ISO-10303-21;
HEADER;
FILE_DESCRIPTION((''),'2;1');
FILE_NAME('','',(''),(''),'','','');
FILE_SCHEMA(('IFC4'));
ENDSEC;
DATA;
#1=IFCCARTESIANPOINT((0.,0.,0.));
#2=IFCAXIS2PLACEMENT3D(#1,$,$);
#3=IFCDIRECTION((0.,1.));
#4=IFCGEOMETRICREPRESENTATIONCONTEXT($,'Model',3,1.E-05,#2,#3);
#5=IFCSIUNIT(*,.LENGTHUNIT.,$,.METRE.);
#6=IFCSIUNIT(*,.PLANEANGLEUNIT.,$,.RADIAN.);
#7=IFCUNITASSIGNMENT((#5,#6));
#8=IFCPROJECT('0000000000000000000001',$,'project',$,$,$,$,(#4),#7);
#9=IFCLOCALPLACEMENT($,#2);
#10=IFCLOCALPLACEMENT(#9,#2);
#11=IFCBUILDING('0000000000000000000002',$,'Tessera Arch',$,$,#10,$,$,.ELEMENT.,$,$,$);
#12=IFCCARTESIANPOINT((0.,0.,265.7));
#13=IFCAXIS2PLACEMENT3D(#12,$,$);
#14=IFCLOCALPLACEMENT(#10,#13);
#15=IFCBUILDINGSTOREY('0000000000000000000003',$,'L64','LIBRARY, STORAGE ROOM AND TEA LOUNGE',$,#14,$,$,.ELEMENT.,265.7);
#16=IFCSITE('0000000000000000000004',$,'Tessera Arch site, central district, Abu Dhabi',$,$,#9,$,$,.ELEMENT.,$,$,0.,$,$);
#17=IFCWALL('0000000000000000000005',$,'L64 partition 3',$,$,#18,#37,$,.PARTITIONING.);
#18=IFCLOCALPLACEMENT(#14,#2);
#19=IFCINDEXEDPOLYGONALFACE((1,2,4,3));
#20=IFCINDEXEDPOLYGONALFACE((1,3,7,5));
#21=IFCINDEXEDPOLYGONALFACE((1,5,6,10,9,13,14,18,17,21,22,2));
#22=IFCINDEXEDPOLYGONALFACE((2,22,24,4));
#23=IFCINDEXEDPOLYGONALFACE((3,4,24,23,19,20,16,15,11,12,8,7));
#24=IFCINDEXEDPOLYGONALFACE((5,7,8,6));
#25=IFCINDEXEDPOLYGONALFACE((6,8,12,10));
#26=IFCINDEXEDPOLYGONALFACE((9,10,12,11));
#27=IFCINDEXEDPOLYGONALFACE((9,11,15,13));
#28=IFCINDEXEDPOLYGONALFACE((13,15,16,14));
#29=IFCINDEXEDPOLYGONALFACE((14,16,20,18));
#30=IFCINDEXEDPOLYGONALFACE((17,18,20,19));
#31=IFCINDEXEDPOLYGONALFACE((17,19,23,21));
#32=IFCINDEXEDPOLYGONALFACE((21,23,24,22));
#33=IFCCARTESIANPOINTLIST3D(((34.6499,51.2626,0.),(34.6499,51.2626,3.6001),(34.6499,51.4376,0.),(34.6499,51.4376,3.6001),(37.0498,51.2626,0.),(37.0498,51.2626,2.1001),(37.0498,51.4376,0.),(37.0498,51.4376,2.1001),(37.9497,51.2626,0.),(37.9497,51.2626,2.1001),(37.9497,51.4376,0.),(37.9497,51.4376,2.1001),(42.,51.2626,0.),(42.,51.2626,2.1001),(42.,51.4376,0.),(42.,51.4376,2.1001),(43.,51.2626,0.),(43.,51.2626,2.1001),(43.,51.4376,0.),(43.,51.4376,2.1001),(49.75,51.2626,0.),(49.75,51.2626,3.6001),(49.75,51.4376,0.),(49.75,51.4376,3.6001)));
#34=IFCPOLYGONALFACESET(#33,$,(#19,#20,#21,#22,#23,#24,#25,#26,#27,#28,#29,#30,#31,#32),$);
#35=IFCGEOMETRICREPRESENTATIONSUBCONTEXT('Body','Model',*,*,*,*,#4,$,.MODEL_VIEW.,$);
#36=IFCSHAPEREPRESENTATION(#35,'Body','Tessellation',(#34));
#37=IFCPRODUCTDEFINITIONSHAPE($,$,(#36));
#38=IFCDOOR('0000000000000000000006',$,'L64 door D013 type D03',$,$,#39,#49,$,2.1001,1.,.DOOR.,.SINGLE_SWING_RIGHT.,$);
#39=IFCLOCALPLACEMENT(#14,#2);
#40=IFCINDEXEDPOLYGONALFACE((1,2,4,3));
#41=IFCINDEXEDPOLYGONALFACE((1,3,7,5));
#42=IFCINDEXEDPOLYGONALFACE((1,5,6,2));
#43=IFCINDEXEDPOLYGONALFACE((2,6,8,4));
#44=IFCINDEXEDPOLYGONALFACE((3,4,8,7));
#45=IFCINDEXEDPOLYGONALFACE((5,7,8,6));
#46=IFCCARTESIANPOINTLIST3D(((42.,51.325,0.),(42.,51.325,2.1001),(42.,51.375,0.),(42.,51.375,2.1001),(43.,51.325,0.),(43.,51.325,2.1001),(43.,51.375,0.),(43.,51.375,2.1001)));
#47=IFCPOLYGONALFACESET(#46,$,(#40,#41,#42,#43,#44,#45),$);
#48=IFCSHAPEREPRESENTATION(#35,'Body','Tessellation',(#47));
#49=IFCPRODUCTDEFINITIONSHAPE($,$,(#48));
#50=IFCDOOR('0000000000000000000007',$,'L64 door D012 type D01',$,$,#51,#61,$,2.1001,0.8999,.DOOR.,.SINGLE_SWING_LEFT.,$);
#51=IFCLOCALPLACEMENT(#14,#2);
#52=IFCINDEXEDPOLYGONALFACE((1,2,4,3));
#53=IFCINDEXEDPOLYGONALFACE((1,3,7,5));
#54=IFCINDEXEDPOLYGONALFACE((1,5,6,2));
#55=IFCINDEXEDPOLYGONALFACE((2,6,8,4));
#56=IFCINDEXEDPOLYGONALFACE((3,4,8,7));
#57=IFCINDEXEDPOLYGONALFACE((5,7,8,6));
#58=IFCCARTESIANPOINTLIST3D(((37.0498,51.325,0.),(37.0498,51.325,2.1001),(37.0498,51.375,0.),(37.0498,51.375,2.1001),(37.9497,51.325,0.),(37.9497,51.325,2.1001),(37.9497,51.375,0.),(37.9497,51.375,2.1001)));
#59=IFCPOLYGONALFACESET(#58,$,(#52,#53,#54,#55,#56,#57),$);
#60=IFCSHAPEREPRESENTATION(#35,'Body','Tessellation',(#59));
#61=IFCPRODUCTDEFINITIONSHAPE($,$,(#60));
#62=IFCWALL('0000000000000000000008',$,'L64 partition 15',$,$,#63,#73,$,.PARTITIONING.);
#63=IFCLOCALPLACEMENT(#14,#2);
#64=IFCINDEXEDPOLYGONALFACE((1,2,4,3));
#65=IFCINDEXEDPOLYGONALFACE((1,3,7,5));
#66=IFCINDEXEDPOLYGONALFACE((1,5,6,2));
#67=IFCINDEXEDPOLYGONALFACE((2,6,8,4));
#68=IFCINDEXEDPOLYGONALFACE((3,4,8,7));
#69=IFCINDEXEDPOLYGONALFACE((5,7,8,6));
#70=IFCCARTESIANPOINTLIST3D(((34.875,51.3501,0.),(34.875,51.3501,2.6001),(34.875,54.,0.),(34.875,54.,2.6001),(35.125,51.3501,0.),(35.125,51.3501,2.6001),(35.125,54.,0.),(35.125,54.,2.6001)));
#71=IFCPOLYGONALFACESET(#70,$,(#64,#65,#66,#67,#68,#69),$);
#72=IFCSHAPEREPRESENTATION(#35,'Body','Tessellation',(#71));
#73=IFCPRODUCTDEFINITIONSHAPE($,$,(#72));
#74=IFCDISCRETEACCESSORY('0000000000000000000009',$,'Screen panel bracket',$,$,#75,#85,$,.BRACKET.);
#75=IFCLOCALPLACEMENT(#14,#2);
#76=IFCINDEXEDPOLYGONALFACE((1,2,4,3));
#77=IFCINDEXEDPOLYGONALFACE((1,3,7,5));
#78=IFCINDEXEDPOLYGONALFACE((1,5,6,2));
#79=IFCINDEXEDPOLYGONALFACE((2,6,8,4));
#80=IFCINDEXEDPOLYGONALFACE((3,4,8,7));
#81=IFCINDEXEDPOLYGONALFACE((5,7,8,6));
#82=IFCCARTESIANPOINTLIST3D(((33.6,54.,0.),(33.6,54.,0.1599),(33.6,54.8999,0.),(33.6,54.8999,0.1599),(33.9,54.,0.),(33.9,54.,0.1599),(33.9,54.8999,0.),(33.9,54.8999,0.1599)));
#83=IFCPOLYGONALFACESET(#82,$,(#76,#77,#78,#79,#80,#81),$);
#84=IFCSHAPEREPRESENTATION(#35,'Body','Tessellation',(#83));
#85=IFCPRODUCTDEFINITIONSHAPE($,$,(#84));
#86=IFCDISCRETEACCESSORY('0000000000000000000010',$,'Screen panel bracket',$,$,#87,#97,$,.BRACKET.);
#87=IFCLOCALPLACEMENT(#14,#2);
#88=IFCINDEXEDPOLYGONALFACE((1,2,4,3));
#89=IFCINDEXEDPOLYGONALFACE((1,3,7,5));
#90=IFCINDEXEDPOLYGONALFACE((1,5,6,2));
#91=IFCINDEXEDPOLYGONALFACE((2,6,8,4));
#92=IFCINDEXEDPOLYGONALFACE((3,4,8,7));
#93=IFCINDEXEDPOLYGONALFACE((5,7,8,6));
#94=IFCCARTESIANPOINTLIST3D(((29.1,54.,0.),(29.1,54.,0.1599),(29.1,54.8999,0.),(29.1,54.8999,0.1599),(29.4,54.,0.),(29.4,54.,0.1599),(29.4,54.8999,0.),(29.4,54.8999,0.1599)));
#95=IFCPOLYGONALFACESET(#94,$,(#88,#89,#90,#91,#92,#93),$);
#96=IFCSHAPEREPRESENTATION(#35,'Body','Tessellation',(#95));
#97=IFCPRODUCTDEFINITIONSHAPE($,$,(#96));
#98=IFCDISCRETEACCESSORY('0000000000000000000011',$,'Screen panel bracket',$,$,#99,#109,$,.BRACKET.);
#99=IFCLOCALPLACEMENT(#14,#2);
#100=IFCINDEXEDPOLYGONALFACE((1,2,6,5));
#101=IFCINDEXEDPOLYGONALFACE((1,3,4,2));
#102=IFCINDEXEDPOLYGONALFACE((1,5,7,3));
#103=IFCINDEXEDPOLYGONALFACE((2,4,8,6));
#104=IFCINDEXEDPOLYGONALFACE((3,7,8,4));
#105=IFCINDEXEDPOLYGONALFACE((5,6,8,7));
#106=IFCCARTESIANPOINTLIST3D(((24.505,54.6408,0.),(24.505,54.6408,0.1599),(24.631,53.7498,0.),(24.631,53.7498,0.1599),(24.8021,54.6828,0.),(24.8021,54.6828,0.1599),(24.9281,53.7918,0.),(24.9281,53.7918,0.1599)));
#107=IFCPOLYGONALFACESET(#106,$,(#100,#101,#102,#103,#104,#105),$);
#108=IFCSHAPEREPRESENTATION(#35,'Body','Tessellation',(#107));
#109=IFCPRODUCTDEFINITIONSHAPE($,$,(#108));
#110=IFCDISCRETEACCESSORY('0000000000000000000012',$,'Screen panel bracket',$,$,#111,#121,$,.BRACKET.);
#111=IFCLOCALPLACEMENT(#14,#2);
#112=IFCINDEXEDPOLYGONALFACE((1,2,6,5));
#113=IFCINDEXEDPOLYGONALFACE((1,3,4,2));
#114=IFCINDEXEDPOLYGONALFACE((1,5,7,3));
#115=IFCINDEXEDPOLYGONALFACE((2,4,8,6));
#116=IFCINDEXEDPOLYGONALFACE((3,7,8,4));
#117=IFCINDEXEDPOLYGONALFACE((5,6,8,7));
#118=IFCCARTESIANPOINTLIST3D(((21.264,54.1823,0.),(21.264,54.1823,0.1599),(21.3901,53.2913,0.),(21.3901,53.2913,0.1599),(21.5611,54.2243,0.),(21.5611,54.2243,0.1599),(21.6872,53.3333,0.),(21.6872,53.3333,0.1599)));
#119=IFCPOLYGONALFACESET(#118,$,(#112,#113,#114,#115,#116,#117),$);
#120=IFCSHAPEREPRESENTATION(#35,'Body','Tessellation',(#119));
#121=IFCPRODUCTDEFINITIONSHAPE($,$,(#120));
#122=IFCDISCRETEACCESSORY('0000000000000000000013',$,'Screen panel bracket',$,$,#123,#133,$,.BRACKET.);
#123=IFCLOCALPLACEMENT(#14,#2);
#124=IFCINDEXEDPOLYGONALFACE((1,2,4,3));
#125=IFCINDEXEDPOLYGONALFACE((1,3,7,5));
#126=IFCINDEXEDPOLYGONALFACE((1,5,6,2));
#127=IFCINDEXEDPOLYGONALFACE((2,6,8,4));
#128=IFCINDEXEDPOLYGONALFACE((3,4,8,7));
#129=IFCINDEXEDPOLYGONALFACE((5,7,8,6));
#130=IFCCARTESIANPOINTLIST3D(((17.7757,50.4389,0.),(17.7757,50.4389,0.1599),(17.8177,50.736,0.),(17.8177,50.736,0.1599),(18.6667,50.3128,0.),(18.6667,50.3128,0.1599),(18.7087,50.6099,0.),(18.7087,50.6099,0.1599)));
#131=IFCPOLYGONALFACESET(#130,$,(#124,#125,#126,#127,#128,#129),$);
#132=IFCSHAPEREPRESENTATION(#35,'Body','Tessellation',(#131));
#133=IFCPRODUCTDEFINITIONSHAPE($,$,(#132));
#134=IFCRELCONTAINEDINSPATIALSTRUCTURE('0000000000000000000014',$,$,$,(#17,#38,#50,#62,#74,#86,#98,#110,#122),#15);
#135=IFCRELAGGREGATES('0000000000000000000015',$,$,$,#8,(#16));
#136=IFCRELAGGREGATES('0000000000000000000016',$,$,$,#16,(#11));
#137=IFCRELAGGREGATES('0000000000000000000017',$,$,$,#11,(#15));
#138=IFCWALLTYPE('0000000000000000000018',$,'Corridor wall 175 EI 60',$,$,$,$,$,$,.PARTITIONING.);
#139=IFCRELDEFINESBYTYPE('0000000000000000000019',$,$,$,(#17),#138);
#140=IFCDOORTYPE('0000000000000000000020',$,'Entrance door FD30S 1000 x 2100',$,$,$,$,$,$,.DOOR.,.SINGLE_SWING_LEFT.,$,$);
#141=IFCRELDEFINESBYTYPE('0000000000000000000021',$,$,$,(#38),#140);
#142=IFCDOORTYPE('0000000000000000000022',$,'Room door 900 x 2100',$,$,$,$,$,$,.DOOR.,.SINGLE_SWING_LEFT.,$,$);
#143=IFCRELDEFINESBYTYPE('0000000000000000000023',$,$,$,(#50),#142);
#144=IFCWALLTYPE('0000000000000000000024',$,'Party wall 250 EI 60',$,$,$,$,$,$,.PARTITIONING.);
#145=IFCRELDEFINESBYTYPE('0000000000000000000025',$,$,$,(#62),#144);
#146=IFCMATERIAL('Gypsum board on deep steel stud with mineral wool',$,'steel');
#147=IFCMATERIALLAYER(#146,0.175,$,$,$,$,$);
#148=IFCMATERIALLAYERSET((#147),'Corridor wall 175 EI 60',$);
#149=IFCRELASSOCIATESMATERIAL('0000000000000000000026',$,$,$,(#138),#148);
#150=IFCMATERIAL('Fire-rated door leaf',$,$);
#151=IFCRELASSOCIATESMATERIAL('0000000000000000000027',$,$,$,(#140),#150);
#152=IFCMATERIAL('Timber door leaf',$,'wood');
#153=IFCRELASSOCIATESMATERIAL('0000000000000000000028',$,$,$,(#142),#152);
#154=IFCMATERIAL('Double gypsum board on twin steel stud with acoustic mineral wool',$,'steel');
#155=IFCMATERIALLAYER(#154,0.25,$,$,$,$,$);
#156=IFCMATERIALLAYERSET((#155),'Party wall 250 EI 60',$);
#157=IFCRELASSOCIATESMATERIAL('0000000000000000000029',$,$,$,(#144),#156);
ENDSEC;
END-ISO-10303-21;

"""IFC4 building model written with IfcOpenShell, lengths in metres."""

from ifc_helpers import new_model, si_unit, direction, frame, frame_2d, origin, origin_2d, place, context, subcontext, project, spatial, rectangle, extrude, material, layer, layer_set, type_object, element, fill, save


model = new_model("IFC4")

# Units and contexts
model_context = context("Model", 3, precision=1e-05, world=origin(), true_north=direction((0.0, 1.0)))
body_context = subcontext(model_context, "Body", "Model", "MODEL_VIEW")
ifc_project = project(units=[si_unit("LENGTHUNIT", "METRE"), si_unit("PLANEANGLEUNIT", "RADIAN")], contexts=[model_context])

# Site, building, storey
site_placement = place(None, origin())
site = spatial("IfcSite", under=ifc_project, at=site_placement, Name="Tessera Arch site, central district, Abu Dhabi", CompositionType="ELEMENT", RefElevation=0.0)
building_placement = place(site_placement, origin())
building = spatial("IfcBuilding", under=site, at=building_placement, Name="Tessera Arch", CompositionType="ELEMENT")
storey_placement = place(building_placement, frame((0.0, 0.0, 265.7)))
storey = spatial("IfcBuildingStorey", under=building, at=storey_placement, Name="L64", Description="LIBRARY, STORAGE ROOM AND TEA LOUNGE", CompositionType="ELEMENT", Elevation=265.7)

# Wall, openings, doors
ifc_material_1 = material(Name="Gypsum board on deep steel stud with mineral wool", Category="steel")
ifc_layer_1 = layer(ifc_material_1, 0.175)
ifc_layer_set_1 = layer_set([ifc_layer_1], Name="Corridor wall 175 EI 60")
wall_type_1 = type_object("IfcWallType", Name="Corridor wall 175 EI 60", PredefinedType="PARTITIONING", material=ifc_layer_set_1)
wall_1_placement = place(storey_placement, frame((34.6499, 51.3501, 0.0), z_axis=(0.0, 0.0, 1.0), x_axis=(1.0, 0.0, 0.0)))
wall_1 = element("IfcWall", 1, at=wall_1_placement, inside=storey, type_object=wall_type_1, Name="L64 partition 3", PredefinedType="PARTITIONING", context=body_context, shape_type="SweptSolid", body=[
    extrude(rectangle(XDim=15.1001, YDim=0.175, at=frame_2d((7.55, 0.0))), origin(), (0.0, 0.0, 1.0), 3.6001),
])
opening_1_placement = place(wall_1_placement, frame((2.3999, 0.0, 0.0)))
opening_1 = element("IfcOpeningElement", 2, at=opening_1_placement, cuts=wall_1, PredefinedType="OPENING", context=body_context, shape_type="SweptSolid", body=[
    extrude(rectangle(XDim=0.8999, YDim=2.1001, at=frame_2d((0.45, 1.05))), frame((0.0, 0.0974, 0.0), z_axis=(0.0, -1.0, 0.0), x_axis=(1.0, 0.0, 0.0)), (0.0, 0.0, 1.0), 0.1951),
])
opening_2_placement = place(wall_1_placement, frame((7.3501, 0.0, 0.0)))
opening_2 = element("IfcOpeningElement", 3, at=opening_2_placement, cuts=wall_1, PredefinedType="OPENING", context=body_context, shape_type="SweptSolid", body=[
    extrude(rectangle(XDim=1.0, YDim=2.1001, at=frame_2d((0.5, 1.05))), frame((0.0, 0.0974, 0.0), z_axis=(0.0, -1.0, 0.0), x_axis=(1.0, 0.0, 0.0)), (0.0, 0.0, 1.0), 0.1951),
])
ifc_material_2 = material(Name="Fire-rated door leaf")
door_type_1 = type_object("IfcDoorType", Name="Entrance door FD30S 1000 x 2100", OperationType="SINGLE_SWING_LEFT", PredefinedType="DOOR", material=ifc_material_2)
door_1_placement = place(opening_2_placement, origin())
door_1 = element("IfcDoor", 4, at=door_1_placement, inside=storey, type_object=door_type_1, Name="L64 door D013 type D03", OperationType="SINGLE_SWING_RIGHT", OverallHeight=2.1001, OverallWidth=1.0, PredefinedType="DOOR", context=body_context, shape_type="SweptSolid", body=[
    extrude(rectangle(XDim=1.0, YDim=2.1001, at=frame_2d((0.5, 1.05))), frame((0.0, 0.0249, 0.0), z_axis=(0.0, -1.0, 0.0), x_axis=(1.0, 0.0, 0.0)), (0.0, 0.0, 1.0), 0.05),
])
fill(opening_2, door_1)
ifc_material_3 = material(Name="Timber door leaf", Category="wood")
door_type_2 = type_object("IfcDoorType", Name="Room door 900 x 2100", OperationType="SINGLE_SWING_LEFT", PredefinedType="DOOR", material=ifc_material_3)
door_2_placement = place(opening_1_placement, origin())
door_2 = element("IfcDoor", 5, at=door_2_placement, inside=storey, type_object=door_type_2, Name="L64 door D012 type D01", OperationType="SINGLE_SWING_LEFT", OverallHeight=2.1001, OverallWidth=0.8999, PredefinedType="DOOR", context=body_context, shape_type="SweptSolid", body=[
    extrude(rectangle(XDim=0.8999, YDim=2.1001, at=frame_2d((0.45, 1.05))), frame((0.0, 0.0249, 0.0), z_axis=(0.0, -1.0, 0.0), x_axis=(1.0, 0.0, 0.0)), (0.0, 0.0, 1.0), 0.05),
])
fill(opening_1, door_2)

# Wall
ifc_material_4 = material(Name="Double gypsum board on twin steel stud with acoustic mineral wool", Category="steel")
ifc_layer_2 = layer(ifc_material_4, 0.25)
ifc_layer_set_2 = layer_set([ifc_layer_2], Name="Party wall 250 EI 60")
wall_type_2 = type_object("IfcWallType", Name="Party wall 250 EI 60", PredefinedType="PARTITIONING", material=ifc_layer_set_2)
wall_2_placement = place(storey_placement, frame((35.0, 51.3501, 0.0), z_axis=(0.0, 0.0, 1.0), x_axis=(0.0, 1.0, 0.0)))
element("IfcWall", 6, at=wall_2_placement, inside=storey, type_object=wall_type_2, Name="L64 partition 15", PredefinedType="PARTITIONING", context=body_context, shape_type="SweptSolid", body=[
    extrude(rectangle(XDim=2.6499, YDim=0.25, at=frame_2d((1.325, 0.0))), origin(), (0.0, 0.0, 1.0), 2.6001),
])

# Discrete accessories
for number, where, z_axis, x_axis, name in (
    (7, (33.75, 54.45, 0.0), (0.0, 0.0, 1.0), (0.0, 1.0, 0.0), "Screen panel bracket"),
    (8, (29.25, 54.45, 0.0), (0.0, 0.0, 1.0), (0.0, 1.0, 0.0), "Screen panel bracket"),
    (9, (24.7166, 54.2163, 0.0), (0.0, 0.0, 1.0), (-0.140089, 0.990139, 0.0), "Screen panel bracket"),
    (10, (21.4756, 53.7578, 0.0), (0.0, 0.0, 1.0), (-0.140089, 0.990139, 0.0), "Screen panel bracket"),
    (11, (18.2422, 50.5244, 0.0), (0.0, 0.0, 1.0), (-0.990139, 0.140089, 0.0), "Screen panel bracket"),
):
    element("IfcDiscreteAccessory", number, at=place(storey_placement, frame(where, z_axis=z_axis, x_axis=x_axis)), inside=storey, Name=name, PredefinedType="BRACKET", context=body_context, shape_type="SweptSolid", body=[
        extrude(rectangle(XDim=0.8999, YDim=0.3, at=origin_2d()), origin(), (0.0, 0.0, 1.0), 0.1599),
    ])

save(model, "model.ifc")
